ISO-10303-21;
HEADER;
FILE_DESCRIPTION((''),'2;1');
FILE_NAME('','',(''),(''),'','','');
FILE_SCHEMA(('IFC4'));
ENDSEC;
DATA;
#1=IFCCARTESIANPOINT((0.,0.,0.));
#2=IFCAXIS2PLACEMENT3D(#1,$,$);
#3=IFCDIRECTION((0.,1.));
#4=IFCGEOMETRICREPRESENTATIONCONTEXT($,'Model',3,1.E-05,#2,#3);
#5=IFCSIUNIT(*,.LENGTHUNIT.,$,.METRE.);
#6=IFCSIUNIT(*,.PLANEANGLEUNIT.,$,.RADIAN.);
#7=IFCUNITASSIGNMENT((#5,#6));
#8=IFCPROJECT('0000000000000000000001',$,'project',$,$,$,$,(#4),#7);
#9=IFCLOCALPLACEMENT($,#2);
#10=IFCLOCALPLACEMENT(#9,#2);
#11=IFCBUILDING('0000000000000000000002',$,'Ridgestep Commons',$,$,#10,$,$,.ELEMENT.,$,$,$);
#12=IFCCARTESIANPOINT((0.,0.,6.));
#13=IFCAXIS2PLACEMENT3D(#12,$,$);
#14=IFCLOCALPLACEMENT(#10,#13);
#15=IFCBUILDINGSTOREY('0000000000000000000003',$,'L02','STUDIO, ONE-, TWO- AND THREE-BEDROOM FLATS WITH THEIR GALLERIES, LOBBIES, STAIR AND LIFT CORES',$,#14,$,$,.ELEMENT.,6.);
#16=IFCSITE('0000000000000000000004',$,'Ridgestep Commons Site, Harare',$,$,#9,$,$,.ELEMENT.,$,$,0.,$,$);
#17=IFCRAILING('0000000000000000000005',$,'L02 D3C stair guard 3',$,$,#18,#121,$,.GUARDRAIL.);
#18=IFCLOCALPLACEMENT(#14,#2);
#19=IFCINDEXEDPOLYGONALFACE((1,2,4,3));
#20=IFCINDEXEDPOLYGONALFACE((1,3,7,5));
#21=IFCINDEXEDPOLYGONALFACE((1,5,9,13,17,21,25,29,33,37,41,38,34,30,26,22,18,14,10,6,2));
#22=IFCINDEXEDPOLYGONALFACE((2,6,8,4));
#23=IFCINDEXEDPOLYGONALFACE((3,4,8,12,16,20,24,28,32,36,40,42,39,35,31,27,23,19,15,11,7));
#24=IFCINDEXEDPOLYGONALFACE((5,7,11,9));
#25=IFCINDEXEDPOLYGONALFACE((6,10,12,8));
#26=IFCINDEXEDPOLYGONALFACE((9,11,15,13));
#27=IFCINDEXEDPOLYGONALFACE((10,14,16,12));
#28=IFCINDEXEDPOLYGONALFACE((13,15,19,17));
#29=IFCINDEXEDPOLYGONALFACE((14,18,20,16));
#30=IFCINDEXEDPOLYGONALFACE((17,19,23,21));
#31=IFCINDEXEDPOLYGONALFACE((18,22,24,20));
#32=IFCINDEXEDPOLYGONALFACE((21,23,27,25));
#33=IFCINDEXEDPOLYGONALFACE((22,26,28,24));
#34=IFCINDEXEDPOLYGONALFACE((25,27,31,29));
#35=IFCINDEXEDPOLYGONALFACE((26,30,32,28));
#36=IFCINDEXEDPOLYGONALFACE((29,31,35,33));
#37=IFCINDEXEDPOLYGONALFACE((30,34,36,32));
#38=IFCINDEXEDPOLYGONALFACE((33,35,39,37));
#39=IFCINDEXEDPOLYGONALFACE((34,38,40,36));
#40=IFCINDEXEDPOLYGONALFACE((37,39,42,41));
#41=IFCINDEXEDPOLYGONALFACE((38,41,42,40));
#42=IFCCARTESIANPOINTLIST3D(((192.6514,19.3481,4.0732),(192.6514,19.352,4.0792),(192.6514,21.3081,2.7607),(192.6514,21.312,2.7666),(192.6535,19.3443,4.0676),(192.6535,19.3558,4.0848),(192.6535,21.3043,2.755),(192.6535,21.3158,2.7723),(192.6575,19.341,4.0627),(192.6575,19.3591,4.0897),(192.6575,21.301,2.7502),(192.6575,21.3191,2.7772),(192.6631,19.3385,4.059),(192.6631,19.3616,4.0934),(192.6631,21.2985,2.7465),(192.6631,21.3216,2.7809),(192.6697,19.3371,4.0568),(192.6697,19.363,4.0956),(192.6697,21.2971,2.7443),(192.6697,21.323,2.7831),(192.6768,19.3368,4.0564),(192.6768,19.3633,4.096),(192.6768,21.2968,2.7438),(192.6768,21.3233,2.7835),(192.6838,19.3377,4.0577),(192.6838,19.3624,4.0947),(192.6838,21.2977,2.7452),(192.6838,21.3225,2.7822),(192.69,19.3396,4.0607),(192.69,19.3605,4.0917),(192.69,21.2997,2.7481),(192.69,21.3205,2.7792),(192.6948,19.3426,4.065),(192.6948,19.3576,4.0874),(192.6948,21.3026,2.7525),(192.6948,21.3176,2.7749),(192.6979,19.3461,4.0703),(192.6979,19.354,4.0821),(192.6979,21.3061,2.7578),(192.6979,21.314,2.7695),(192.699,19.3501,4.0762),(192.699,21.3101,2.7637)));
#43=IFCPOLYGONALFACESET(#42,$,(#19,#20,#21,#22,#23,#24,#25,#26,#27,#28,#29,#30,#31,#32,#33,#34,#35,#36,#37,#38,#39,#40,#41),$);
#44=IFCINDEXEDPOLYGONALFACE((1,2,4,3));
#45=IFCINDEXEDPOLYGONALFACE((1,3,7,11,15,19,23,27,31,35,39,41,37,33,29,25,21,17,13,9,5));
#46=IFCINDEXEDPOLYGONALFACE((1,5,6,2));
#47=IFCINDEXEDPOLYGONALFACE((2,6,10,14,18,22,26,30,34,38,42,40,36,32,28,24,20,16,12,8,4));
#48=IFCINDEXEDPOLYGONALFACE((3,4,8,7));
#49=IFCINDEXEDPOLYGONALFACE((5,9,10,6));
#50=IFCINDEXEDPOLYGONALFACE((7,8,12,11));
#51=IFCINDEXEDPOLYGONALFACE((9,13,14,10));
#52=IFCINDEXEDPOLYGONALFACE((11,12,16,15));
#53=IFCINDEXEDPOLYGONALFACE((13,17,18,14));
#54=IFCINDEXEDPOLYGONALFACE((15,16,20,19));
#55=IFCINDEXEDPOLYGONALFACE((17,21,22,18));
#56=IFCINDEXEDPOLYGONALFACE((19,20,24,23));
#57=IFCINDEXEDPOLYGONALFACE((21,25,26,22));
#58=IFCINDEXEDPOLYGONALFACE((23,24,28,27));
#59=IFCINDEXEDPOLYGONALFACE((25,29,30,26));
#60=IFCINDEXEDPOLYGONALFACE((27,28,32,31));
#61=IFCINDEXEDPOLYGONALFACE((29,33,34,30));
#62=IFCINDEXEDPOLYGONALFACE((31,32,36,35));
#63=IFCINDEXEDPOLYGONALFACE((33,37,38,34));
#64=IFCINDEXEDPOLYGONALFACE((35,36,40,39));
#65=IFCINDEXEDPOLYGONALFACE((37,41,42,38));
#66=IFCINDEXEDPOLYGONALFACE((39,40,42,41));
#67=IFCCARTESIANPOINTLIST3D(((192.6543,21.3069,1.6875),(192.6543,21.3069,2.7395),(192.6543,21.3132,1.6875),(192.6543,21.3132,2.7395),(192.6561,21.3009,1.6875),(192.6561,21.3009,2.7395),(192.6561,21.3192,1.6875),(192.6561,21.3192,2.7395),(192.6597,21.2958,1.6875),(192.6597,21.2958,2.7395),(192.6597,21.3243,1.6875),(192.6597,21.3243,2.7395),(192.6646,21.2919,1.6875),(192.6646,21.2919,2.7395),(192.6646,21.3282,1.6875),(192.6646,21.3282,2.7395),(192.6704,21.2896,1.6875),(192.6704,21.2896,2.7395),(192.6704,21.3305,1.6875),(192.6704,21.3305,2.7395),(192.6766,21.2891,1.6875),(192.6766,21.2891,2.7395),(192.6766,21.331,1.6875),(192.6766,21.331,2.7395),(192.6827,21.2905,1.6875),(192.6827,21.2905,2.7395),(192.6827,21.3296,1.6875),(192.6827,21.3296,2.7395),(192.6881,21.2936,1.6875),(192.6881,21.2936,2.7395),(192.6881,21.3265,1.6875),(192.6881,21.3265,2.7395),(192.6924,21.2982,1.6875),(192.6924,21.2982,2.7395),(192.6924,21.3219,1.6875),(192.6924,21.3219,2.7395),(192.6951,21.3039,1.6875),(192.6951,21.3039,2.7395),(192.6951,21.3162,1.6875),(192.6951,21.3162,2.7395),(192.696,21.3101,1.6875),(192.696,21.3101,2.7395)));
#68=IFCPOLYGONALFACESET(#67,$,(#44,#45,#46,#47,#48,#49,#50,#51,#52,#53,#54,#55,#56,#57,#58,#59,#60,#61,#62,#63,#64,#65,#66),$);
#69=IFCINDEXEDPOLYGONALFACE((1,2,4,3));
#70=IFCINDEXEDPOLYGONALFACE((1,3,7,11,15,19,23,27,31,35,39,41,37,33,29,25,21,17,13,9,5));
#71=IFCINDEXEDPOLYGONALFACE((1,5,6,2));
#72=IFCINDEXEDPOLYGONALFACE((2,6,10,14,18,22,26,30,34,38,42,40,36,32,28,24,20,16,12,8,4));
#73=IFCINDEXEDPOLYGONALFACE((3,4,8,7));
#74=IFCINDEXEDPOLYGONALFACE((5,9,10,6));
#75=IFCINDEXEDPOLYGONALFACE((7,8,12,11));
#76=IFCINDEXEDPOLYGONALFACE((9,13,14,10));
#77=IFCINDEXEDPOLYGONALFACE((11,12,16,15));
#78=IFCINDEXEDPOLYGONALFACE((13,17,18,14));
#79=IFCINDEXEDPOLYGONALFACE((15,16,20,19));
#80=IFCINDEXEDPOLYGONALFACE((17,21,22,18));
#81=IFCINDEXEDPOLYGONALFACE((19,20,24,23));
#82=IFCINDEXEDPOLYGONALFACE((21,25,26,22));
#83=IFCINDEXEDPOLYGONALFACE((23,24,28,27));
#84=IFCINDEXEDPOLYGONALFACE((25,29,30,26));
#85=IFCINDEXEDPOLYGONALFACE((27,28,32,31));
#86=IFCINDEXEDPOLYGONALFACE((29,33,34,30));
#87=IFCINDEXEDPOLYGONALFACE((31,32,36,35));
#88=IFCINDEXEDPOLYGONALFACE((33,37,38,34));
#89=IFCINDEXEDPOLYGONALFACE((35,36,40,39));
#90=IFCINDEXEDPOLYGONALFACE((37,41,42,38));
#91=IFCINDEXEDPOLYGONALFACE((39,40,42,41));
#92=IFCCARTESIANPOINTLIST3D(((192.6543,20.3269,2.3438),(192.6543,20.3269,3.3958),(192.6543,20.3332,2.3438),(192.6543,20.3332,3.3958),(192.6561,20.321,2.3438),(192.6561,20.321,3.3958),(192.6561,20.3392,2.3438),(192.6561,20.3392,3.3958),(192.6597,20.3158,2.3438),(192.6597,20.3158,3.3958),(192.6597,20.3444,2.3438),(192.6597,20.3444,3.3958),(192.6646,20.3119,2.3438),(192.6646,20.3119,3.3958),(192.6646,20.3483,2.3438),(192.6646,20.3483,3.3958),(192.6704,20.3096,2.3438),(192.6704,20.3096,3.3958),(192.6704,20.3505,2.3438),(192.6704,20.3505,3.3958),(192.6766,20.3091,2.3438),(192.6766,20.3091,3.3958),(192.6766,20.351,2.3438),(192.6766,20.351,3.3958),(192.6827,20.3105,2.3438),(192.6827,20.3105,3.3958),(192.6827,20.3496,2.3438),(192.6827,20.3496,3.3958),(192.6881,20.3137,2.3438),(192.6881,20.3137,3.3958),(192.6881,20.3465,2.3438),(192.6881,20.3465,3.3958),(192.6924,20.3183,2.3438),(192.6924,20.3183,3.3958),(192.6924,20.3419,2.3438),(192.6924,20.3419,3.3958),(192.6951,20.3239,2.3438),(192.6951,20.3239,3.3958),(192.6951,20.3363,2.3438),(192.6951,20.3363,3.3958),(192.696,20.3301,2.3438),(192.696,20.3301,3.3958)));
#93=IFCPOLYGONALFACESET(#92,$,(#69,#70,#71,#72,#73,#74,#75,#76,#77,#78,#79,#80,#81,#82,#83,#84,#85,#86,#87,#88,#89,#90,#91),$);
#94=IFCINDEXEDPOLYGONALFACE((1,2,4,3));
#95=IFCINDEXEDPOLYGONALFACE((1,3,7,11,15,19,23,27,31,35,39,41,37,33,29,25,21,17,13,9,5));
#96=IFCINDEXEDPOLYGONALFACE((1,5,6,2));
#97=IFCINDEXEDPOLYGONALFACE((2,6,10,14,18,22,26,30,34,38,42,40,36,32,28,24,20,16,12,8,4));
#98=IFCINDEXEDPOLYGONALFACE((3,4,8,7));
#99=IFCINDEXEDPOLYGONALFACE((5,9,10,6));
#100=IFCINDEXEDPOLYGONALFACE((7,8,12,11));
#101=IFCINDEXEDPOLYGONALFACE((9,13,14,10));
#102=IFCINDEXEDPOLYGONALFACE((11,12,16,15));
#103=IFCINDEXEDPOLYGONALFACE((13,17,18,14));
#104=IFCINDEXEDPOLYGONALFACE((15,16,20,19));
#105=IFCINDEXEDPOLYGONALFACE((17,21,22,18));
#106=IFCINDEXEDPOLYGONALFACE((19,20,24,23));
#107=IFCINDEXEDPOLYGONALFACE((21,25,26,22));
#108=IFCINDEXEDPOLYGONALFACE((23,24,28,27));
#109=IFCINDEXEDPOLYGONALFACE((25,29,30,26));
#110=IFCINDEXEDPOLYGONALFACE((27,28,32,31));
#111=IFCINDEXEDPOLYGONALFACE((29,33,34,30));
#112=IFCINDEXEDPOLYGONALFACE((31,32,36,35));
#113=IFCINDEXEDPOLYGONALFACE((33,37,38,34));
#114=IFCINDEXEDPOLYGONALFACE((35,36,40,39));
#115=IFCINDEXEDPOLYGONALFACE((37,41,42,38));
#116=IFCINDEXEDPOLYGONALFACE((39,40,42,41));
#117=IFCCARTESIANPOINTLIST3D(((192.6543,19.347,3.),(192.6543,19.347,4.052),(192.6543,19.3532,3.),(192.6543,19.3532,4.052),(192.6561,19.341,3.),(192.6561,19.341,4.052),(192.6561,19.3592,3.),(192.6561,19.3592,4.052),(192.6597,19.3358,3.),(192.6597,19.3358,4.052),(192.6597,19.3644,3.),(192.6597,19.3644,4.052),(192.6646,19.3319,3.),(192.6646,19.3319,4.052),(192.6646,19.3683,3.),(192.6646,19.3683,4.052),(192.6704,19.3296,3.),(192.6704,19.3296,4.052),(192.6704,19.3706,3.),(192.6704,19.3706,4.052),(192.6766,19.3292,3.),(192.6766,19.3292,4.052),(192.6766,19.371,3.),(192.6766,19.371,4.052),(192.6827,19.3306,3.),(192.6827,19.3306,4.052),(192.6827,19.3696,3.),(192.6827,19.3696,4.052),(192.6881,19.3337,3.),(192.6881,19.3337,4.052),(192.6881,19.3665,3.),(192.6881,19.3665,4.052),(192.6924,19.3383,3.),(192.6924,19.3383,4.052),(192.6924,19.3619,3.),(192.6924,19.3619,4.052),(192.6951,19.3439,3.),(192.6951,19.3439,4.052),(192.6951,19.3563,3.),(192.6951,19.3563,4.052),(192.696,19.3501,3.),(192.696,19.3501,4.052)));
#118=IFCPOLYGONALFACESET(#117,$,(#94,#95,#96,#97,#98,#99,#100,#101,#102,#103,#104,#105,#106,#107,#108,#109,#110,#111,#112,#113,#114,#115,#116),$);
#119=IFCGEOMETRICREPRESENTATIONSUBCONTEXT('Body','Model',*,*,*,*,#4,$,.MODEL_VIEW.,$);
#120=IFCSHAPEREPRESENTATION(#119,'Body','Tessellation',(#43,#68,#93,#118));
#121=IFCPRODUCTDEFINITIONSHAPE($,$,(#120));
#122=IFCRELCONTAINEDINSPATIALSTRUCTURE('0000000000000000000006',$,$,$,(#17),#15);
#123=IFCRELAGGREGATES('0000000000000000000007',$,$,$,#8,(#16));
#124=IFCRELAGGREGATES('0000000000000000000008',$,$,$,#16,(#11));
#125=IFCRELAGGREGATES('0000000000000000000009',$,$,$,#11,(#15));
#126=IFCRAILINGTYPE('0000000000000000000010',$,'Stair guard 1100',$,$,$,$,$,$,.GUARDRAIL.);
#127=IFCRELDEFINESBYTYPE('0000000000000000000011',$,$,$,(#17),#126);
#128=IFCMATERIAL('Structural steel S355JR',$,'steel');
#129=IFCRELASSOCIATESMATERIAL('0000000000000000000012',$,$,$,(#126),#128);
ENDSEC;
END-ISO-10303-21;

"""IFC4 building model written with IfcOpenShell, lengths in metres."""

from ifc_helpers import new_model, si_unit, direction, frame, origin, origin_2d, place, context, subcontext, project, spatial, circle, extrude, material, type_object, element, save


model = new_model("IFC4")

# Units and contexts
model_context = context("Model", 3, precision=1e-05, world=origin(), true_north=direction((0.0, 1.0)))
body_context = subcontext(model_context, "Body", "Model", "MODEL_VIEW")
ifc_project = project(units=[si_unit("LENGTHUNIT", "METRE"), si_unit("PLANEANGLEUNIT", "RADIAN")], contexts=[model_context])

# Site, building, storey
site_placement = place(None, origin())
site = spatial("IfcSite", under=ifc_project, at=site_placement, Name="Ridgestep Commons Site, Harare", CompositionType="ELEMENT", RefElevation=0.0)
building_placement = place(site_placement, origin())
building = spatial("IfcBuilding", under=site, at=building_placement, Name="Ridgestep Commons", CompositionType="ELEMENT")
storey_placement = place(building_placement, frame((0.0, 0.0, 6.0)))
storey = spatial("IfcBuildingStorey", under=building, at=storey_placement, Name="L02", Description="STUDIO, ONE-, TWO- AND THREE-BEDROOM FLATS WITH THEIR GALLERIES, LOBBIES, STAIR AND LIFT CORES", CompositionType="ELEMENT", Elevation=6.0)

# Railing
ifc_material_1 = material(Name="Structural steel S355JR", Category="steel")
railing_type_1 = type_object("IfcRailingType", Name="Stair guard 1100", PredefinedType="GUARDRAIL", material=ifc_material_1)
railing_1_placement = place(storey_placement, frame((192.675, 21.3101, 1.6875)))
element("IfcRailing", 1, at=railing_1_placement, inside=storey, type_object=railing_type_1, Name="L02 D3C stair guard 3", PredefinedType="GUARDRAIL", context=body_context, shape_type="SweptSolid", body=[
    extrude(circle(Radius=0.0239, at=origin_2d()), frame((0.0, 0.0, 1.0762), z_axis=(0.0, -0.830902, 0.556419), x_axis=(1.0, 0.0, 0.0)), (0.0, 0.0, 1.0), 2.3589),
    extrude(circle(Radius=0.021, at=origin_2d()), origin(), (0.0, 0.0, 1.0), 1.052),
    extrude(circle(Radius=0.021, at=origin_2d()), frame((0.0, -0.98, 0.6562)), (0.0, 0.0, 1.0), 1.052),
    extrude(circle(Radius=0.021, at=origin_2d()), frame((0.0, -1.96, 1.3125)), (0.0, 0.0, 1.0), 1.052),
])

save(model, "model.ifc")
